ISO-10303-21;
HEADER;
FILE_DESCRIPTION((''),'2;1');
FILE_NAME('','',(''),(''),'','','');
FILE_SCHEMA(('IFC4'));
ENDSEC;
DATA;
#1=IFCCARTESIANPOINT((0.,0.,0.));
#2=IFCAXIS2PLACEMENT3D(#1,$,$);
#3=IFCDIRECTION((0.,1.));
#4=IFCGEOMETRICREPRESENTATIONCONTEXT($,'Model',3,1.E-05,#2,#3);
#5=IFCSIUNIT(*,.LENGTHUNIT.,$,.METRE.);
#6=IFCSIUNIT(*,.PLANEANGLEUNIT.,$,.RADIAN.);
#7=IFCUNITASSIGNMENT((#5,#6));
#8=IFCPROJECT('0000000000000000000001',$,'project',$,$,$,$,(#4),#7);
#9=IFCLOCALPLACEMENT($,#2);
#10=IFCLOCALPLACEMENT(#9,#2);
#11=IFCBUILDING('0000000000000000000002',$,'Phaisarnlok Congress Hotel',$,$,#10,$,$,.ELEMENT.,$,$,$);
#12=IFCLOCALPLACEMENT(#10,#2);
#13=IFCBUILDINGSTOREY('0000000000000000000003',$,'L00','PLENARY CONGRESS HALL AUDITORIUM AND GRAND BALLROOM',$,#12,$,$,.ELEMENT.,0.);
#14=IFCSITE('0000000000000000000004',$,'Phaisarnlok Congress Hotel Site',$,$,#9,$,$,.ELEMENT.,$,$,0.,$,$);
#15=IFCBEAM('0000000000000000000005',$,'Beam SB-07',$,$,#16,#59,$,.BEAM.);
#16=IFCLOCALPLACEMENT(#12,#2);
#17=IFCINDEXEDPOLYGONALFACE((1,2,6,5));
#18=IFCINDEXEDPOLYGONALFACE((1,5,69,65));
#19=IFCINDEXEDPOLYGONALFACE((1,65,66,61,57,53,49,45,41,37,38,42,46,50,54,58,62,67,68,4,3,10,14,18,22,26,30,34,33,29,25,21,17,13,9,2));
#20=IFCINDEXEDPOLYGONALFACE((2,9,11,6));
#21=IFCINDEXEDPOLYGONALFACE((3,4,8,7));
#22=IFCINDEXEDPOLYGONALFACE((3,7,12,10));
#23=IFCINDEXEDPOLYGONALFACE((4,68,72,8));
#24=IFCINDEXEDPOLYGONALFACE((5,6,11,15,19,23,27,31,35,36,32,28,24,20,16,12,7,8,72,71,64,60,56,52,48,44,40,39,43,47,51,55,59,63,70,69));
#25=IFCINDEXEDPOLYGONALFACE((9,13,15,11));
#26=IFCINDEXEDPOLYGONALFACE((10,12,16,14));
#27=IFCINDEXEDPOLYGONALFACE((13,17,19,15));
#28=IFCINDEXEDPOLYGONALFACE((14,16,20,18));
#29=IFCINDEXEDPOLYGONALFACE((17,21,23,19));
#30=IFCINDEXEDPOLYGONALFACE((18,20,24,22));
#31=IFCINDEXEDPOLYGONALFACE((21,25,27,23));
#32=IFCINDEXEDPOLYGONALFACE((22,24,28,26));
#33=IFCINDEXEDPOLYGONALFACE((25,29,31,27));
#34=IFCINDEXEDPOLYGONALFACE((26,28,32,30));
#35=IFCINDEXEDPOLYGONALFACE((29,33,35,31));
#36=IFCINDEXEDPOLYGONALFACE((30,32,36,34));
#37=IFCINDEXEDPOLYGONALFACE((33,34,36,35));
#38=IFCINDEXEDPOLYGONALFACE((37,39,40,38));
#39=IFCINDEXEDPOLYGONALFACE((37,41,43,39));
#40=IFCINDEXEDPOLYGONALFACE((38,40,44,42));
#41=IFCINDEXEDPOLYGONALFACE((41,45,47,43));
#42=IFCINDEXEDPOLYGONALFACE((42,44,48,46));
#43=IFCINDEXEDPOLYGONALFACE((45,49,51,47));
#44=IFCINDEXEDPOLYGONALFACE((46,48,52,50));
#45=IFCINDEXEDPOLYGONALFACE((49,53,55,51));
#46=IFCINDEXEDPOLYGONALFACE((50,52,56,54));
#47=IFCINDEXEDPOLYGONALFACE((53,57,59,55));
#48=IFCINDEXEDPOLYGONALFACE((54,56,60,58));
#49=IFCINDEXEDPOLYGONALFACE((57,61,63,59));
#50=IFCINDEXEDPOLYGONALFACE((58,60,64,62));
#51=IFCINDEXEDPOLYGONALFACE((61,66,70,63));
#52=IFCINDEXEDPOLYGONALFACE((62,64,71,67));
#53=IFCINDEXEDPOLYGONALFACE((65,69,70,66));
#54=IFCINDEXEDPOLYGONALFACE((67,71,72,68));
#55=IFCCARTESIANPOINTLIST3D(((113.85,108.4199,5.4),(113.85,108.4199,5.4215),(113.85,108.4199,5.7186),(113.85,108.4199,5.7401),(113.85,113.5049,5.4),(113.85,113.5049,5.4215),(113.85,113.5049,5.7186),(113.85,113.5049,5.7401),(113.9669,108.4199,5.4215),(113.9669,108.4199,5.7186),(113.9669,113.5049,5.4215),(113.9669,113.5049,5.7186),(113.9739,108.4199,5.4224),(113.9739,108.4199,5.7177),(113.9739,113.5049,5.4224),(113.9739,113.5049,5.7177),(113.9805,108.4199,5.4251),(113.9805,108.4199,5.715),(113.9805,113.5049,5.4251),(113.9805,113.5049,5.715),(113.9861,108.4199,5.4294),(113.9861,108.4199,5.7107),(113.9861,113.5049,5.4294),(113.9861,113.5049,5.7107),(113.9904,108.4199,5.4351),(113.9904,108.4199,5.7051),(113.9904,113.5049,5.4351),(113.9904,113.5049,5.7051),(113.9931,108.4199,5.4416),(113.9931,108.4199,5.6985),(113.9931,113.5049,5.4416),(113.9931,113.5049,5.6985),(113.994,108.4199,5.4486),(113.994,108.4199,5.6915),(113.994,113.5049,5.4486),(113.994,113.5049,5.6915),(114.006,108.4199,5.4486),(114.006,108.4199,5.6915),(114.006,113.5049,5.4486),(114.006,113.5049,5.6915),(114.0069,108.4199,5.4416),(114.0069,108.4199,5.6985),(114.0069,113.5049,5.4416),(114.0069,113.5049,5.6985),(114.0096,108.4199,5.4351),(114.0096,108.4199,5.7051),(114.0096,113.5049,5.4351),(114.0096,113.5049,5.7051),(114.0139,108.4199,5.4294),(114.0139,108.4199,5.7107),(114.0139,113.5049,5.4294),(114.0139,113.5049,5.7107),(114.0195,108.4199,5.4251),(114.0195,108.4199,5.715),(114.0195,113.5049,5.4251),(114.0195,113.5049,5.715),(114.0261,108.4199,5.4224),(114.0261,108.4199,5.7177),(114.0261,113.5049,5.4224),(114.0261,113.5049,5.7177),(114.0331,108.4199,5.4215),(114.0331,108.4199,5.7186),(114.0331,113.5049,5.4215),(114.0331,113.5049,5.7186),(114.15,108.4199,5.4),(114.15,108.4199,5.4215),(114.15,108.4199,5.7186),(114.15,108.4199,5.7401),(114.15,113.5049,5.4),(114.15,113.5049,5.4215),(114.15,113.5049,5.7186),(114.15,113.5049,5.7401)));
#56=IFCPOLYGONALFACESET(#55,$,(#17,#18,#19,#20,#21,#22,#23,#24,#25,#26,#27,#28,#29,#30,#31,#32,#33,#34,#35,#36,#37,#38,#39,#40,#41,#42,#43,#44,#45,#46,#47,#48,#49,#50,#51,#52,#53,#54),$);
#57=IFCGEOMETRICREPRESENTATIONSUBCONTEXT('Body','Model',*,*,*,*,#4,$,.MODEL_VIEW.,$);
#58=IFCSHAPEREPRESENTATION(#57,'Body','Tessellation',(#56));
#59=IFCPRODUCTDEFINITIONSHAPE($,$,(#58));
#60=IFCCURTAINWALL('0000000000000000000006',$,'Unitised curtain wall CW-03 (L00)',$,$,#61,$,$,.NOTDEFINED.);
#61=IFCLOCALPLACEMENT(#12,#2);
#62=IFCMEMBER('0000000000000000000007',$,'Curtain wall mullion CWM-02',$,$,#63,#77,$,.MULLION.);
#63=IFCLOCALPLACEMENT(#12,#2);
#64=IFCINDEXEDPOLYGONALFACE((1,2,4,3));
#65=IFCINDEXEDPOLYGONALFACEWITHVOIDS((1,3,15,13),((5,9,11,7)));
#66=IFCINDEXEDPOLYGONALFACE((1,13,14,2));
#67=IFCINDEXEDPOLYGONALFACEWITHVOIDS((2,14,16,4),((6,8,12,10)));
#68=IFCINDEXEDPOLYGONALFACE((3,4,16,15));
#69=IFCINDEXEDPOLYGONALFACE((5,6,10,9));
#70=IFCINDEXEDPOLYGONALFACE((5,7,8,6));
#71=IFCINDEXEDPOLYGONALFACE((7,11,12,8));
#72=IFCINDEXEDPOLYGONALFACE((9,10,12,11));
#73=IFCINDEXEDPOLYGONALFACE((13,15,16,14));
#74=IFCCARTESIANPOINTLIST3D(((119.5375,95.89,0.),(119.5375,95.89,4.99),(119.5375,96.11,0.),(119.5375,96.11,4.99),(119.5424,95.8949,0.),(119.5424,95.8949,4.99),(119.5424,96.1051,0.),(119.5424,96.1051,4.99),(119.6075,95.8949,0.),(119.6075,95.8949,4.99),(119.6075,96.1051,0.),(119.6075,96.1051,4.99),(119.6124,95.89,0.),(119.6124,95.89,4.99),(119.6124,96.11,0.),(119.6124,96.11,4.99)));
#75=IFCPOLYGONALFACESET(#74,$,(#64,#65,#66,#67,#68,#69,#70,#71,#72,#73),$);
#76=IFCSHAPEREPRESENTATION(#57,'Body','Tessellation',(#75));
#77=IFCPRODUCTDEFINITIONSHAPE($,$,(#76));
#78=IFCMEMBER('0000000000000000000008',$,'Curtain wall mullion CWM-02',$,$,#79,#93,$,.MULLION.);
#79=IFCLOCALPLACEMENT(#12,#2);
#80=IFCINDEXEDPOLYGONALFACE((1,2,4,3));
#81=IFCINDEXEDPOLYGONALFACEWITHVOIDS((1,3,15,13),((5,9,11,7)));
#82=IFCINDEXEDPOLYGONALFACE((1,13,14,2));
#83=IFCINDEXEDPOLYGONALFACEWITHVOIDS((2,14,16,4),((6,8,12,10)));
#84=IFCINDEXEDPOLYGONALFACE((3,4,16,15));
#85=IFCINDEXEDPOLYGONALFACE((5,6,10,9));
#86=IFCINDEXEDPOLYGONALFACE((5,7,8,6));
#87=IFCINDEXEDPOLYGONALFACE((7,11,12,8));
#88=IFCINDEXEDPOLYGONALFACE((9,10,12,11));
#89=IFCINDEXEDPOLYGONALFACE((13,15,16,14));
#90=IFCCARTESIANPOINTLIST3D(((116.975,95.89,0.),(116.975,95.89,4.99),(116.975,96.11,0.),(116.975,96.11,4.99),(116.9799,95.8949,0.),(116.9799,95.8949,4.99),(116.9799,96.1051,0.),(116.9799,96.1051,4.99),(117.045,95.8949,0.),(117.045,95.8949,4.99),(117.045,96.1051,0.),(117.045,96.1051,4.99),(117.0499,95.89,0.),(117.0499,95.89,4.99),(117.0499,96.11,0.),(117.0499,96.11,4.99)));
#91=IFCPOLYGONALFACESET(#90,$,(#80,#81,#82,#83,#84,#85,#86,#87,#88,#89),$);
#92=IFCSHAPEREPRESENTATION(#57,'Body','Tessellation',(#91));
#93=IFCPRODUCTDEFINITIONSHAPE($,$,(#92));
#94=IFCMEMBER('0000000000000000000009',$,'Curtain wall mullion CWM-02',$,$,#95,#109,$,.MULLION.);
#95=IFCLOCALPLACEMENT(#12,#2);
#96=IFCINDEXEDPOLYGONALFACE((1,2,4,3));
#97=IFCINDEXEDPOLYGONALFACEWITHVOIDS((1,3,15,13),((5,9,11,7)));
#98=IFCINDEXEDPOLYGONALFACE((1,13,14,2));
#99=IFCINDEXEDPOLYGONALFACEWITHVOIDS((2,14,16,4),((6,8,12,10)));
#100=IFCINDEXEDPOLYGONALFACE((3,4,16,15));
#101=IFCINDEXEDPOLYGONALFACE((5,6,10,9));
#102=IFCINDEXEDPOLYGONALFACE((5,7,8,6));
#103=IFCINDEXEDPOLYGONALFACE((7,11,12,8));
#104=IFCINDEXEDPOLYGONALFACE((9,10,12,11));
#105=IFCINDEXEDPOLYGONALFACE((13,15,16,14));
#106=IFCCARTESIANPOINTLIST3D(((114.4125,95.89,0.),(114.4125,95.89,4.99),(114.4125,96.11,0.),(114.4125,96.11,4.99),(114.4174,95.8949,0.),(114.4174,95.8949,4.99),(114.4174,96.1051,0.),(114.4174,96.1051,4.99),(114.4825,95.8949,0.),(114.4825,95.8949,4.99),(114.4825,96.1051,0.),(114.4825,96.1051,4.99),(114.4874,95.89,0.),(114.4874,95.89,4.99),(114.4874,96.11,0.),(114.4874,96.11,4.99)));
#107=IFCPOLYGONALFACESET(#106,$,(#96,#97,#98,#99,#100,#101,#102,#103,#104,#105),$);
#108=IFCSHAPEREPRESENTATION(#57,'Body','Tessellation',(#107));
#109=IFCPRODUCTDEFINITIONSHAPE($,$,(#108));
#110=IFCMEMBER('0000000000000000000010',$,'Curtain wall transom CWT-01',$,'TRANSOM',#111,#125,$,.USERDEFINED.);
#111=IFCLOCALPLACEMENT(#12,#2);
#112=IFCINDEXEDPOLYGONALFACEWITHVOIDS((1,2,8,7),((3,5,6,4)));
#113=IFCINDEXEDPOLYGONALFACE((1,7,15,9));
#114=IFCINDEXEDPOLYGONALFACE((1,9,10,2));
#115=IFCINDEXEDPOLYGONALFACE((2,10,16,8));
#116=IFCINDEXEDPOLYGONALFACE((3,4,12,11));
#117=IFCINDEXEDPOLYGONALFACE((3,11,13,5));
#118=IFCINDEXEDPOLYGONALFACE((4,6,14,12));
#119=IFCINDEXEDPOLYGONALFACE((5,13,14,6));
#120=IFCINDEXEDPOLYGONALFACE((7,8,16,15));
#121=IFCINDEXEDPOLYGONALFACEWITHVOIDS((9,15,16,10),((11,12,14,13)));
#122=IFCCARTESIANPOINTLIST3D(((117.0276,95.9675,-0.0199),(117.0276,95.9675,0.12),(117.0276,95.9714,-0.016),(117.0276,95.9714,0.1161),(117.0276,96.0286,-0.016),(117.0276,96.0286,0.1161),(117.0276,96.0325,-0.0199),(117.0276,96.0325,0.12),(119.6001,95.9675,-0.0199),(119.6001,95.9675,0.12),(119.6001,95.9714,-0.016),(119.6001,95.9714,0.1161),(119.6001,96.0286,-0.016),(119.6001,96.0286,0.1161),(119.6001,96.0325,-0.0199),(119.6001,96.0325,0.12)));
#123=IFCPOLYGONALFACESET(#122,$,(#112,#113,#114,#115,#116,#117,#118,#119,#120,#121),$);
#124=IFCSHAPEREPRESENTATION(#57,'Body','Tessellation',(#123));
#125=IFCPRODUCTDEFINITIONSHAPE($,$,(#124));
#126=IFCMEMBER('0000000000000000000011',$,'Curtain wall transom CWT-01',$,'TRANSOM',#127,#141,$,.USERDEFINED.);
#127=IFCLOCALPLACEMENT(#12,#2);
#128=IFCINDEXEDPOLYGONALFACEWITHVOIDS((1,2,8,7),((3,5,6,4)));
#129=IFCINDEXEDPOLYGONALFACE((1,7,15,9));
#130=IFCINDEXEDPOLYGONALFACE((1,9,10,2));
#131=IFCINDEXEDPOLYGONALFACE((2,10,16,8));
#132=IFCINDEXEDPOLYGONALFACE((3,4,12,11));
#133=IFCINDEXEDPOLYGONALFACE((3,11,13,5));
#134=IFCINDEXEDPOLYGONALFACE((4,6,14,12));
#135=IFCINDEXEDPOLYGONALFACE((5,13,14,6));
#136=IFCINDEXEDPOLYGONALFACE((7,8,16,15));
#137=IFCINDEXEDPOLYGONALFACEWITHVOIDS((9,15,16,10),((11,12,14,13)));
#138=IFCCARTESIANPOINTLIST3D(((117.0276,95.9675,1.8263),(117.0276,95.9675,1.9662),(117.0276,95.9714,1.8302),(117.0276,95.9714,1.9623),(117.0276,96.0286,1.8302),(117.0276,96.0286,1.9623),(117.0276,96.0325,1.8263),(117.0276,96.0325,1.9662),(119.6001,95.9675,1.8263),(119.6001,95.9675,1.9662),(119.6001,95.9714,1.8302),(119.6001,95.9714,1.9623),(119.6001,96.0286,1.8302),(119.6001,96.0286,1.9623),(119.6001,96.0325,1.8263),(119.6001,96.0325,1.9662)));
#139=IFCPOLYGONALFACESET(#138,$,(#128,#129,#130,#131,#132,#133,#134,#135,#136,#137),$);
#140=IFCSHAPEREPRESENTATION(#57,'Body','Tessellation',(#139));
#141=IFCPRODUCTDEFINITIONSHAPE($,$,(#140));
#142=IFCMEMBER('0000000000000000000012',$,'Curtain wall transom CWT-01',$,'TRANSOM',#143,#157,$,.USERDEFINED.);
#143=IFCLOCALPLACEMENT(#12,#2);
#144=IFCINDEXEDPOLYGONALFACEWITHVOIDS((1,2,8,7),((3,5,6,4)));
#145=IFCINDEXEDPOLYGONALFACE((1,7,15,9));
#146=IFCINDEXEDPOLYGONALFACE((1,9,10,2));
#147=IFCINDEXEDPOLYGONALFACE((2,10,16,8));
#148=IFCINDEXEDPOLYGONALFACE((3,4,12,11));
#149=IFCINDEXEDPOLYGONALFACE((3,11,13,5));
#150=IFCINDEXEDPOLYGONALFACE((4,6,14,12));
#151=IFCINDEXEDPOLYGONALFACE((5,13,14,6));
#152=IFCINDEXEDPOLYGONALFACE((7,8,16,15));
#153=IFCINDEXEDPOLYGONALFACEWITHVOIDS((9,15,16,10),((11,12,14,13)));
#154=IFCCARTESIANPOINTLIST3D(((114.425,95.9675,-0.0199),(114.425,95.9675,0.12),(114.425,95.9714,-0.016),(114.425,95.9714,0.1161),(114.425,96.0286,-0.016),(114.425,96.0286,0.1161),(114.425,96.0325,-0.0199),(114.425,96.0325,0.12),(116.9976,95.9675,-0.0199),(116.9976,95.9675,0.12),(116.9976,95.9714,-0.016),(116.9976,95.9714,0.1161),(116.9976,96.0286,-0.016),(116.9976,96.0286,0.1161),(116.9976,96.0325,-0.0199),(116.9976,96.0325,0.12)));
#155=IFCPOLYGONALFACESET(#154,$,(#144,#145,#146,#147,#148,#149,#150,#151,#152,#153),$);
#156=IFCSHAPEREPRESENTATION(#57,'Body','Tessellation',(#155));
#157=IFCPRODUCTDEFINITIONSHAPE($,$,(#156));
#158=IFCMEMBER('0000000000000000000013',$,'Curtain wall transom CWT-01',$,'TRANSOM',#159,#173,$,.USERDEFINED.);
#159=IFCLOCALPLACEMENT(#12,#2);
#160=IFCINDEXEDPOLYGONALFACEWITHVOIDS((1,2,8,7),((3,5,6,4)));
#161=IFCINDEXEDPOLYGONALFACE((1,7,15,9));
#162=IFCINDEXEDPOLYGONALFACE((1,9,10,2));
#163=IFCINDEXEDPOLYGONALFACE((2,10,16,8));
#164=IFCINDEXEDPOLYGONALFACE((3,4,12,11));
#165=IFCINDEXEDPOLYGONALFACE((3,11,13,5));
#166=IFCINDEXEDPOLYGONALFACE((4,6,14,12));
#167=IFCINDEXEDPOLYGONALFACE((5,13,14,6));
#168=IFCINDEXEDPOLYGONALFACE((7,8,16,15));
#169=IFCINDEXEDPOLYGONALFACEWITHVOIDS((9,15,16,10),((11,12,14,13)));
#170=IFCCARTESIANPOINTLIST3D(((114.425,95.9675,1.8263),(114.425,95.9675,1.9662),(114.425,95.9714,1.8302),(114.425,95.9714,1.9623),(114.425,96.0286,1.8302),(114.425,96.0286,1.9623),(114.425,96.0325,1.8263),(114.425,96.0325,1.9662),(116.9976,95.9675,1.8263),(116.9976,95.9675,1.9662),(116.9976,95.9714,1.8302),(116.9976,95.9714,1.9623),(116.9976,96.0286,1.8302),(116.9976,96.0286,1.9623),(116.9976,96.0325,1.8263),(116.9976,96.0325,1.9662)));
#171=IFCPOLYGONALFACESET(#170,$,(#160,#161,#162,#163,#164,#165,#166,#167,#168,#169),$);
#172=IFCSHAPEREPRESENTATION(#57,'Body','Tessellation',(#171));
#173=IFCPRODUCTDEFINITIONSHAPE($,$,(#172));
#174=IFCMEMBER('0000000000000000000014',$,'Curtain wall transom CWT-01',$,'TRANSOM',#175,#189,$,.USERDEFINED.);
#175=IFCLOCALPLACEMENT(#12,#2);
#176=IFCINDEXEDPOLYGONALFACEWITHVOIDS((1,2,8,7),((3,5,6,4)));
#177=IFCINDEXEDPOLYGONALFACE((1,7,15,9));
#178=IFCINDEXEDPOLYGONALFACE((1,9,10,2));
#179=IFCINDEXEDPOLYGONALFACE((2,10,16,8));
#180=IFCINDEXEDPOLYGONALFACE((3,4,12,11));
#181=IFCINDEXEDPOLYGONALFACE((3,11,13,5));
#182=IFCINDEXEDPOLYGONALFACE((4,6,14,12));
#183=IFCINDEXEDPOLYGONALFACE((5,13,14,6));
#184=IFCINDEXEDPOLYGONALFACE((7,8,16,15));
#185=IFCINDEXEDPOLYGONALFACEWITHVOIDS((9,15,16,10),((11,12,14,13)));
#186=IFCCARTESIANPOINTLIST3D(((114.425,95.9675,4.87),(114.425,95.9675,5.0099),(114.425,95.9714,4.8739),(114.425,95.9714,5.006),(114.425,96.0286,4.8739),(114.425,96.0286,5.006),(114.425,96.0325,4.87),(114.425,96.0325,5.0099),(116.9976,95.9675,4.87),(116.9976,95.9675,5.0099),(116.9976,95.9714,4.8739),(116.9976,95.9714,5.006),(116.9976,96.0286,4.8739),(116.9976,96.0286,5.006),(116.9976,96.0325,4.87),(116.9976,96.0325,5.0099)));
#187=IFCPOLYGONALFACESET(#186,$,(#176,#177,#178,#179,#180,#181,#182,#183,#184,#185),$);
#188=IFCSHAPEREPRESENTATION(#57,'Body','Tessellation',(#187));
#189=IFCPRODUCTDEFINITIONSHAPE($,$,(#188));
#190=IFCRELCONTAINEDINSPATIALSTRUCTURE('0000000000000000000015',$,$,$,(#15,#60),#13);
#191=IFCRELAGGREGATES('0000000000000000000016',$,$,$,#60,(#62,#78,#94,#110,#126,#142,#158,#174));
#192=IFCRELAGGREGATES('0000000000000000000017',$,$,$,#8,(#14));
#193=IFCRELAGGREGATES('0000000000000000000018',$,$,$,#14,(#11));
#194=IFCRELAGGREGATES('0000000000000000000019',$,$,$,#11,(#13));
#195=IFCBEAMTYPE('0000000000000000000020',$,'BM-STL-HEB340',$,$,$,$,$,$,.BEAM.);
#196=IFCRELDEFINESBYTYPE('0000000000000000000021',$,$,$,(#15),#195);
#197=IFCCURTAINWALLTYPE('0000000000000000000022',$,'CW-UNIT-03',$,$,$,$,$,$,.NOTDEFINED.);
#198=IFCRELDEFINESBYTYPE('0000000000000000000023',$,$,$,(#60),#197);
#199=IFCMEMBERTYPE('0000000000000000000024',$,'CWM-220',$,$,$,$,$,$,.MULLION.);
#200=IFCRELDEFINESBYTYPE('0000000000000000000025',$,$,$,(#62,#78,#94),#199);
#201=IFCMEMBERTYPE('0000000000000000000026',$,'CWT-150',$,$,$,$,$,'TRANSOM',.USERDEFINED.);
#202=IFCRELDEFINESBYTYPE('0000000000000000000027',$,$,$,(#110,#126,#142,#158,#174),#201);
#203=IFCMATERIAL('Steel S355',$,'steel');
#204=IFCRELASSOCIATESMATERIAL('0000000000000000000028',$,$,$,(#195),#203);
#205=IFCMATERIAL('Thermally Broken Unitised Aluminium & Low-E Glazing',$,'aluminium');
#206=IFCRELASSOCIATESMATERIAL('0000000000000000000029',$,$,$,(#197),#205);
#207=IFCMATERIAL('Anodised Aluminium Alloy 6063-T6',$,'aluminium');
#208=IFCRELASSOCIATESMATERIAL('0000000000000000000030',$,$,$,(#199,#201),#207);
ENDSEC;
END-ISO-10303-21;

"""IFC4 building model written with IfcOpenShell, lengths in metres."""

from ifc_helpers import new_model, si_unit, direction, frame, origin, origin_2d, place, context, subcontext, project, spatial, hollow_rectangle, i_section, extrude, material, material_profile, profile_set, type_object, element, aggregate, save


model = new_model("IFC4")

# Units and contexts
model_context = context("Model", 3, precision=1e-05, world=origin(), true_north=direction((0.0, 1.0)))
body_context = subcontext(model_context, "Body", "Model", "MODEL_VIEW")
ifc_project = project(units=[si_unit("LENGTHUNIT", "METRE"), si_unit("PLANEANGLEUNIT", "RADIAN")], contexts=[model_context])

# Site, building, storey
site_placement = place(None, origin())
site = spatial("IfcSite", under=ifc_project, at=site_placement, Name="Phaisarnlok Congress Hotel Site", CompositionType="ELEMENT", RefElevation=0.0)
building_placement = place(site_placement, origin())
building = spatial("IfcBuilding", under=site, at=building_placement, Name="Phaisarnlok Congress Hotel", CompositionType="ELEMENT")
storey_placement = place(building_placement, origin())
storey = spatial("IfcBuildingStorey", under=building, at=storey_placement, Name="L00", Description="PLENARY CONGRESS HALL AUDITORIUM AND GRAND BALLROOM", CompositionType="ELEMENT", Elevation=0.0)

# Shared definitions
ifc_material_1 = material(Name="Steel S355", Category="steel")

# Beam
ifc_material_profile_1 = material_profile(ifc_material_1, i_section(OverallWidth=0.3, OverallDepth=0.3401, WebThickness=0.012, FlangeThickness=0.0215, FilletRadius=0.0271, at=origin_2d()), Name="HEB 340")
ifc_profile_set_1 = profile_set([ifc_material_profile_1], Name="Steel S355")
beam_type_1 = type_object("IfcBeamType", Name="BM-STL-HEB340", PredefinedType="BEAM", material=ifc_profile_set_1)
beam_1_placement = place(storey_placement, frame((114.0, 108.4199, 5.5701), z_axis=(0.0, 1.0, 0.0), x_axis=(-1.0, 0.0, 0.0)))
element("IfcBeam", 1, at=beam_1_placement, inside=storey, type_object=beam_type_1, Name="Beam SB-07", PredefinedType="BEAM", context=body_context, shape_type="SweptSolid", body=[
    extrude(i_section(OverallWidth=0.3, OverallDepth=0.3401, WebThickness=0.012, FlangeThickness=0.0215, FilletRadius=0.0271, at=origin_2d()), origin(), (0.0, 0.0, 1.0), 5.085),
])

# Curtain wall, members
ifc_material_2 = material(Name="Thermally Broken Unitised Aluminium & Low-E Glazing", Category="aluminium")
curtain_wall_type_1 = type_object("IfcCurtainWallType", Name="CW-UNIT-03", PredefinedType="NOTDEFINED", material=ifc_material_2)
curtain_wall_1_placement = place(storey_placement, origin())
curtain_wall_1 = element("IfcCurtainWall", 2, at=curtain_wall_1_placement, inside=storey, type_object=curtain_wall_type_1, Name="Unitised curtain wall CW-03 (L00)", PredefinedType="NOTDEFINED")
ifc_material_3 = material(Name="Anodised Aluminium Alloy 6063-T6", Category="aluminium")
ifc_material_profile_2 = material_profile(ifc_material_3, hollow_rectangle(XDim=0.075, YDim=0.22, WallThickness=0.0049, at=origin_2d()), Name="ALU-M 75x220x5")
ifc_profile_set_2 = profile_set([ifc_material_profile_2], Name="Anodised Aluminium Alloy 6063-T6")
member_type_1 = type_object("IfcMemberType", Name="CWM-220", PredefinedType="MULLION", material=ifc_profile_set_2)
member_1_placement = place(storey_placement, frame((119.575, 96.0, 0.0), z_axis=(0.0, 0.0, 1.0), x_axis=(-1.0, 0.0, 0.0)))
member_1 = element("IfcMember", 3, at=member_1_placement, type_object=member_type_1, Name="Curtain wall mullion CWM-02", PredefinedType="MULLION", context=body_context, shape_type="SweptSolid", body=[
    extrude(hollow_rectangle(XDim=0.075, YDim=0.22, WallThickness=0.0049, at=origin_2d()), origin(), (0.0, 0.0, 1.0), 4.99),
])
member_2_placement = place(storey_placement, frame((117.0125, 96.0, 0.0), z_axis=(0.0, 0.0, 1.0), x_axis=(-1.0, 0.0, 0.0)))
member_2 = element("IfcMember", 4, at=member_2_placement, type_object=member_type_1, Name="Curtain wall mullion CWM-02", PredefinedType="MULLION", context=body_context, shape_type="SweptSolid", body=[
    extrude(hollow_rectangle(XDim=0.075, YDim=0.22, WallThickness=0.0049, at=origin_2d()), origin(), (0.0, 0.0, 1.0), 4.99),
])
member_3_placement = place(storey_placement, frame((114.45, 96.0, 0.0), z_axis=(0.0, 0.0, 1.0), x_axis=(-1.0, 0.0, 0.0)))
member_3 = element("IfcMember", 5, at=member_3_placement, type_object=member_type_1, Name="Curtain wall mullion CWM-02", PredefinedType="MULLION", context=body_context, shape_type="SweptSolid", body=[
    extrude(hollow_rectangle(XDim=0.075, YDim=0.22, WallThickness=0.0049, at=origin_2d()), origin(), (0.0, 0.0, 1.0), 4.99),
])
ifc_material_profile_3 = material_profile(ifc_material_3, hollow_rectangle(XDim=0.0649, YDim=0.1399, WallThickness=0.0039, at=origin_2d()), Name="ALU-T 65x140x4")
ifc_profile_set_3 = profile_set([ifc_material_profile_3], Name="Anodised Aluminium Alloy 6063-T6")
member_type_2 = type_object("IfcMemberType", Name="CWT-150", ElementType="TRANSOM", PredefinedType="USERDEFINED", material=ifc_profile_set_3)
member_4_placement = place(storey_placement, frame((119.6001, 96.0, 0.05), z_axis=(-1.0, 0.0, 0.0), x_axis=(0.0, -1.0, 0.0)))
member_4 = element("IfcMember", 6, at=member_4_placement, type_object=member_type_2, Name="Curtain wall transom CWT-01", ObjectType="TRANSOM", PredefinedType="USERDEFINED", context=body_context, shape_type="SweptSolid", body=[
    extrude(hollow_rectangle(XDim=0.0649, YDim=0.1399, WallThickness=0.0039, at=origin_2d()), origin(), (0.0, 0.0, 1.0), 2.5725),
])
member_5_placement = place(storey_placement, frame((119.6001, 96.0, 1.8962), z_axis=(-1.0, 0.0, 0.0), x_axis=(0.0, -1.0, 0.0)))
member_5 = element("IfcMember", 7, at=member_5_placement, type_object=member_type_2, Name="Curtain wall transom CWT-01", ObjectType="TRANSOM", PredefinedType="USERDEFINED", context=body_context, shape_type="SweptSolid", body=[
    extrude(hollow_rectangle(XDim=0.0649, YDim=0.1399, WallThickness=0.0039, at=origin_2d()), origin(), (0.0, 0.0, 1.0), 2.5725),
])
member_6_placement = place(storey_placement, frame((116.9976, 96.0, 0.05), z_axis=(-1.0, 0.0, 0.0), x_axis=(0.0, -1.0, 0.0)))
member_6 = element("IfcMember", 8, at=member_6_placement, type_object=member_type_2, Name="Curtain wall transom CWT-01", ObjectType="TRANSOM", PredefinedType="USERDEFINED", context=body_context, shape_type="SweptSolid", body=[
    extrude(hollow_rectangle(XDim=0.0649, YDim=0.1399, WallThickness=0.0039, at=origin_2d()), origin(), (0.0, 0.0, 1.0), 2.5725),
])
member_7_placement = place(storey_placement, frame((116.9976, 96.0, 1.8962), z_axis=(-1.0, 0.0, 0.0), x_axis=(0.0, -1.0, 0.0)))
member_7 = element("IfcMember", 9, at=member_7_placement, type_object=member_type_2, Name="Curtain wall transom CWT-01", ObjectType="TRANSOM", PredefinedType="USERDEFINED", context=body_context, shape_type="SweptSolid", body=[
    extrude(hollow_rectangle(XDim=0.0649, YDim=0.1399, WallThickness=0.0039, at=origin_2d()), origin(), (0.0, 0.0, 1.0), 2.5725),
])
member_8_placement = place(storey_placement, frame((116.9976, 96.0, 4.9399), z_axis=(-1.0, 0.0, 0.0), x_axis=(0.0, -1.0, 0.0)))
member_8 = element("IfcMember", 10, at=member_8_placement, type_object=member_type_2, Name="Curtain wall transom CWT-01", ObjectType="TRANSOM", PredefinedType="USERDEFINED", context=body_context, shape_type="SweptSolid", body=[
    extrude(hollow_rectangle(XDim=0.0649, YDim=0.1399, WallThickness=0.0039, at=origin_2d()), origin(), (0.0, 0.0, 1.0), 2.5725),
])

aggregate(curtain_wall_1, [member_1, member_2, member_3, member_4, member_5, member_6, member_7, member_8])

save(model, "model.ifc")
